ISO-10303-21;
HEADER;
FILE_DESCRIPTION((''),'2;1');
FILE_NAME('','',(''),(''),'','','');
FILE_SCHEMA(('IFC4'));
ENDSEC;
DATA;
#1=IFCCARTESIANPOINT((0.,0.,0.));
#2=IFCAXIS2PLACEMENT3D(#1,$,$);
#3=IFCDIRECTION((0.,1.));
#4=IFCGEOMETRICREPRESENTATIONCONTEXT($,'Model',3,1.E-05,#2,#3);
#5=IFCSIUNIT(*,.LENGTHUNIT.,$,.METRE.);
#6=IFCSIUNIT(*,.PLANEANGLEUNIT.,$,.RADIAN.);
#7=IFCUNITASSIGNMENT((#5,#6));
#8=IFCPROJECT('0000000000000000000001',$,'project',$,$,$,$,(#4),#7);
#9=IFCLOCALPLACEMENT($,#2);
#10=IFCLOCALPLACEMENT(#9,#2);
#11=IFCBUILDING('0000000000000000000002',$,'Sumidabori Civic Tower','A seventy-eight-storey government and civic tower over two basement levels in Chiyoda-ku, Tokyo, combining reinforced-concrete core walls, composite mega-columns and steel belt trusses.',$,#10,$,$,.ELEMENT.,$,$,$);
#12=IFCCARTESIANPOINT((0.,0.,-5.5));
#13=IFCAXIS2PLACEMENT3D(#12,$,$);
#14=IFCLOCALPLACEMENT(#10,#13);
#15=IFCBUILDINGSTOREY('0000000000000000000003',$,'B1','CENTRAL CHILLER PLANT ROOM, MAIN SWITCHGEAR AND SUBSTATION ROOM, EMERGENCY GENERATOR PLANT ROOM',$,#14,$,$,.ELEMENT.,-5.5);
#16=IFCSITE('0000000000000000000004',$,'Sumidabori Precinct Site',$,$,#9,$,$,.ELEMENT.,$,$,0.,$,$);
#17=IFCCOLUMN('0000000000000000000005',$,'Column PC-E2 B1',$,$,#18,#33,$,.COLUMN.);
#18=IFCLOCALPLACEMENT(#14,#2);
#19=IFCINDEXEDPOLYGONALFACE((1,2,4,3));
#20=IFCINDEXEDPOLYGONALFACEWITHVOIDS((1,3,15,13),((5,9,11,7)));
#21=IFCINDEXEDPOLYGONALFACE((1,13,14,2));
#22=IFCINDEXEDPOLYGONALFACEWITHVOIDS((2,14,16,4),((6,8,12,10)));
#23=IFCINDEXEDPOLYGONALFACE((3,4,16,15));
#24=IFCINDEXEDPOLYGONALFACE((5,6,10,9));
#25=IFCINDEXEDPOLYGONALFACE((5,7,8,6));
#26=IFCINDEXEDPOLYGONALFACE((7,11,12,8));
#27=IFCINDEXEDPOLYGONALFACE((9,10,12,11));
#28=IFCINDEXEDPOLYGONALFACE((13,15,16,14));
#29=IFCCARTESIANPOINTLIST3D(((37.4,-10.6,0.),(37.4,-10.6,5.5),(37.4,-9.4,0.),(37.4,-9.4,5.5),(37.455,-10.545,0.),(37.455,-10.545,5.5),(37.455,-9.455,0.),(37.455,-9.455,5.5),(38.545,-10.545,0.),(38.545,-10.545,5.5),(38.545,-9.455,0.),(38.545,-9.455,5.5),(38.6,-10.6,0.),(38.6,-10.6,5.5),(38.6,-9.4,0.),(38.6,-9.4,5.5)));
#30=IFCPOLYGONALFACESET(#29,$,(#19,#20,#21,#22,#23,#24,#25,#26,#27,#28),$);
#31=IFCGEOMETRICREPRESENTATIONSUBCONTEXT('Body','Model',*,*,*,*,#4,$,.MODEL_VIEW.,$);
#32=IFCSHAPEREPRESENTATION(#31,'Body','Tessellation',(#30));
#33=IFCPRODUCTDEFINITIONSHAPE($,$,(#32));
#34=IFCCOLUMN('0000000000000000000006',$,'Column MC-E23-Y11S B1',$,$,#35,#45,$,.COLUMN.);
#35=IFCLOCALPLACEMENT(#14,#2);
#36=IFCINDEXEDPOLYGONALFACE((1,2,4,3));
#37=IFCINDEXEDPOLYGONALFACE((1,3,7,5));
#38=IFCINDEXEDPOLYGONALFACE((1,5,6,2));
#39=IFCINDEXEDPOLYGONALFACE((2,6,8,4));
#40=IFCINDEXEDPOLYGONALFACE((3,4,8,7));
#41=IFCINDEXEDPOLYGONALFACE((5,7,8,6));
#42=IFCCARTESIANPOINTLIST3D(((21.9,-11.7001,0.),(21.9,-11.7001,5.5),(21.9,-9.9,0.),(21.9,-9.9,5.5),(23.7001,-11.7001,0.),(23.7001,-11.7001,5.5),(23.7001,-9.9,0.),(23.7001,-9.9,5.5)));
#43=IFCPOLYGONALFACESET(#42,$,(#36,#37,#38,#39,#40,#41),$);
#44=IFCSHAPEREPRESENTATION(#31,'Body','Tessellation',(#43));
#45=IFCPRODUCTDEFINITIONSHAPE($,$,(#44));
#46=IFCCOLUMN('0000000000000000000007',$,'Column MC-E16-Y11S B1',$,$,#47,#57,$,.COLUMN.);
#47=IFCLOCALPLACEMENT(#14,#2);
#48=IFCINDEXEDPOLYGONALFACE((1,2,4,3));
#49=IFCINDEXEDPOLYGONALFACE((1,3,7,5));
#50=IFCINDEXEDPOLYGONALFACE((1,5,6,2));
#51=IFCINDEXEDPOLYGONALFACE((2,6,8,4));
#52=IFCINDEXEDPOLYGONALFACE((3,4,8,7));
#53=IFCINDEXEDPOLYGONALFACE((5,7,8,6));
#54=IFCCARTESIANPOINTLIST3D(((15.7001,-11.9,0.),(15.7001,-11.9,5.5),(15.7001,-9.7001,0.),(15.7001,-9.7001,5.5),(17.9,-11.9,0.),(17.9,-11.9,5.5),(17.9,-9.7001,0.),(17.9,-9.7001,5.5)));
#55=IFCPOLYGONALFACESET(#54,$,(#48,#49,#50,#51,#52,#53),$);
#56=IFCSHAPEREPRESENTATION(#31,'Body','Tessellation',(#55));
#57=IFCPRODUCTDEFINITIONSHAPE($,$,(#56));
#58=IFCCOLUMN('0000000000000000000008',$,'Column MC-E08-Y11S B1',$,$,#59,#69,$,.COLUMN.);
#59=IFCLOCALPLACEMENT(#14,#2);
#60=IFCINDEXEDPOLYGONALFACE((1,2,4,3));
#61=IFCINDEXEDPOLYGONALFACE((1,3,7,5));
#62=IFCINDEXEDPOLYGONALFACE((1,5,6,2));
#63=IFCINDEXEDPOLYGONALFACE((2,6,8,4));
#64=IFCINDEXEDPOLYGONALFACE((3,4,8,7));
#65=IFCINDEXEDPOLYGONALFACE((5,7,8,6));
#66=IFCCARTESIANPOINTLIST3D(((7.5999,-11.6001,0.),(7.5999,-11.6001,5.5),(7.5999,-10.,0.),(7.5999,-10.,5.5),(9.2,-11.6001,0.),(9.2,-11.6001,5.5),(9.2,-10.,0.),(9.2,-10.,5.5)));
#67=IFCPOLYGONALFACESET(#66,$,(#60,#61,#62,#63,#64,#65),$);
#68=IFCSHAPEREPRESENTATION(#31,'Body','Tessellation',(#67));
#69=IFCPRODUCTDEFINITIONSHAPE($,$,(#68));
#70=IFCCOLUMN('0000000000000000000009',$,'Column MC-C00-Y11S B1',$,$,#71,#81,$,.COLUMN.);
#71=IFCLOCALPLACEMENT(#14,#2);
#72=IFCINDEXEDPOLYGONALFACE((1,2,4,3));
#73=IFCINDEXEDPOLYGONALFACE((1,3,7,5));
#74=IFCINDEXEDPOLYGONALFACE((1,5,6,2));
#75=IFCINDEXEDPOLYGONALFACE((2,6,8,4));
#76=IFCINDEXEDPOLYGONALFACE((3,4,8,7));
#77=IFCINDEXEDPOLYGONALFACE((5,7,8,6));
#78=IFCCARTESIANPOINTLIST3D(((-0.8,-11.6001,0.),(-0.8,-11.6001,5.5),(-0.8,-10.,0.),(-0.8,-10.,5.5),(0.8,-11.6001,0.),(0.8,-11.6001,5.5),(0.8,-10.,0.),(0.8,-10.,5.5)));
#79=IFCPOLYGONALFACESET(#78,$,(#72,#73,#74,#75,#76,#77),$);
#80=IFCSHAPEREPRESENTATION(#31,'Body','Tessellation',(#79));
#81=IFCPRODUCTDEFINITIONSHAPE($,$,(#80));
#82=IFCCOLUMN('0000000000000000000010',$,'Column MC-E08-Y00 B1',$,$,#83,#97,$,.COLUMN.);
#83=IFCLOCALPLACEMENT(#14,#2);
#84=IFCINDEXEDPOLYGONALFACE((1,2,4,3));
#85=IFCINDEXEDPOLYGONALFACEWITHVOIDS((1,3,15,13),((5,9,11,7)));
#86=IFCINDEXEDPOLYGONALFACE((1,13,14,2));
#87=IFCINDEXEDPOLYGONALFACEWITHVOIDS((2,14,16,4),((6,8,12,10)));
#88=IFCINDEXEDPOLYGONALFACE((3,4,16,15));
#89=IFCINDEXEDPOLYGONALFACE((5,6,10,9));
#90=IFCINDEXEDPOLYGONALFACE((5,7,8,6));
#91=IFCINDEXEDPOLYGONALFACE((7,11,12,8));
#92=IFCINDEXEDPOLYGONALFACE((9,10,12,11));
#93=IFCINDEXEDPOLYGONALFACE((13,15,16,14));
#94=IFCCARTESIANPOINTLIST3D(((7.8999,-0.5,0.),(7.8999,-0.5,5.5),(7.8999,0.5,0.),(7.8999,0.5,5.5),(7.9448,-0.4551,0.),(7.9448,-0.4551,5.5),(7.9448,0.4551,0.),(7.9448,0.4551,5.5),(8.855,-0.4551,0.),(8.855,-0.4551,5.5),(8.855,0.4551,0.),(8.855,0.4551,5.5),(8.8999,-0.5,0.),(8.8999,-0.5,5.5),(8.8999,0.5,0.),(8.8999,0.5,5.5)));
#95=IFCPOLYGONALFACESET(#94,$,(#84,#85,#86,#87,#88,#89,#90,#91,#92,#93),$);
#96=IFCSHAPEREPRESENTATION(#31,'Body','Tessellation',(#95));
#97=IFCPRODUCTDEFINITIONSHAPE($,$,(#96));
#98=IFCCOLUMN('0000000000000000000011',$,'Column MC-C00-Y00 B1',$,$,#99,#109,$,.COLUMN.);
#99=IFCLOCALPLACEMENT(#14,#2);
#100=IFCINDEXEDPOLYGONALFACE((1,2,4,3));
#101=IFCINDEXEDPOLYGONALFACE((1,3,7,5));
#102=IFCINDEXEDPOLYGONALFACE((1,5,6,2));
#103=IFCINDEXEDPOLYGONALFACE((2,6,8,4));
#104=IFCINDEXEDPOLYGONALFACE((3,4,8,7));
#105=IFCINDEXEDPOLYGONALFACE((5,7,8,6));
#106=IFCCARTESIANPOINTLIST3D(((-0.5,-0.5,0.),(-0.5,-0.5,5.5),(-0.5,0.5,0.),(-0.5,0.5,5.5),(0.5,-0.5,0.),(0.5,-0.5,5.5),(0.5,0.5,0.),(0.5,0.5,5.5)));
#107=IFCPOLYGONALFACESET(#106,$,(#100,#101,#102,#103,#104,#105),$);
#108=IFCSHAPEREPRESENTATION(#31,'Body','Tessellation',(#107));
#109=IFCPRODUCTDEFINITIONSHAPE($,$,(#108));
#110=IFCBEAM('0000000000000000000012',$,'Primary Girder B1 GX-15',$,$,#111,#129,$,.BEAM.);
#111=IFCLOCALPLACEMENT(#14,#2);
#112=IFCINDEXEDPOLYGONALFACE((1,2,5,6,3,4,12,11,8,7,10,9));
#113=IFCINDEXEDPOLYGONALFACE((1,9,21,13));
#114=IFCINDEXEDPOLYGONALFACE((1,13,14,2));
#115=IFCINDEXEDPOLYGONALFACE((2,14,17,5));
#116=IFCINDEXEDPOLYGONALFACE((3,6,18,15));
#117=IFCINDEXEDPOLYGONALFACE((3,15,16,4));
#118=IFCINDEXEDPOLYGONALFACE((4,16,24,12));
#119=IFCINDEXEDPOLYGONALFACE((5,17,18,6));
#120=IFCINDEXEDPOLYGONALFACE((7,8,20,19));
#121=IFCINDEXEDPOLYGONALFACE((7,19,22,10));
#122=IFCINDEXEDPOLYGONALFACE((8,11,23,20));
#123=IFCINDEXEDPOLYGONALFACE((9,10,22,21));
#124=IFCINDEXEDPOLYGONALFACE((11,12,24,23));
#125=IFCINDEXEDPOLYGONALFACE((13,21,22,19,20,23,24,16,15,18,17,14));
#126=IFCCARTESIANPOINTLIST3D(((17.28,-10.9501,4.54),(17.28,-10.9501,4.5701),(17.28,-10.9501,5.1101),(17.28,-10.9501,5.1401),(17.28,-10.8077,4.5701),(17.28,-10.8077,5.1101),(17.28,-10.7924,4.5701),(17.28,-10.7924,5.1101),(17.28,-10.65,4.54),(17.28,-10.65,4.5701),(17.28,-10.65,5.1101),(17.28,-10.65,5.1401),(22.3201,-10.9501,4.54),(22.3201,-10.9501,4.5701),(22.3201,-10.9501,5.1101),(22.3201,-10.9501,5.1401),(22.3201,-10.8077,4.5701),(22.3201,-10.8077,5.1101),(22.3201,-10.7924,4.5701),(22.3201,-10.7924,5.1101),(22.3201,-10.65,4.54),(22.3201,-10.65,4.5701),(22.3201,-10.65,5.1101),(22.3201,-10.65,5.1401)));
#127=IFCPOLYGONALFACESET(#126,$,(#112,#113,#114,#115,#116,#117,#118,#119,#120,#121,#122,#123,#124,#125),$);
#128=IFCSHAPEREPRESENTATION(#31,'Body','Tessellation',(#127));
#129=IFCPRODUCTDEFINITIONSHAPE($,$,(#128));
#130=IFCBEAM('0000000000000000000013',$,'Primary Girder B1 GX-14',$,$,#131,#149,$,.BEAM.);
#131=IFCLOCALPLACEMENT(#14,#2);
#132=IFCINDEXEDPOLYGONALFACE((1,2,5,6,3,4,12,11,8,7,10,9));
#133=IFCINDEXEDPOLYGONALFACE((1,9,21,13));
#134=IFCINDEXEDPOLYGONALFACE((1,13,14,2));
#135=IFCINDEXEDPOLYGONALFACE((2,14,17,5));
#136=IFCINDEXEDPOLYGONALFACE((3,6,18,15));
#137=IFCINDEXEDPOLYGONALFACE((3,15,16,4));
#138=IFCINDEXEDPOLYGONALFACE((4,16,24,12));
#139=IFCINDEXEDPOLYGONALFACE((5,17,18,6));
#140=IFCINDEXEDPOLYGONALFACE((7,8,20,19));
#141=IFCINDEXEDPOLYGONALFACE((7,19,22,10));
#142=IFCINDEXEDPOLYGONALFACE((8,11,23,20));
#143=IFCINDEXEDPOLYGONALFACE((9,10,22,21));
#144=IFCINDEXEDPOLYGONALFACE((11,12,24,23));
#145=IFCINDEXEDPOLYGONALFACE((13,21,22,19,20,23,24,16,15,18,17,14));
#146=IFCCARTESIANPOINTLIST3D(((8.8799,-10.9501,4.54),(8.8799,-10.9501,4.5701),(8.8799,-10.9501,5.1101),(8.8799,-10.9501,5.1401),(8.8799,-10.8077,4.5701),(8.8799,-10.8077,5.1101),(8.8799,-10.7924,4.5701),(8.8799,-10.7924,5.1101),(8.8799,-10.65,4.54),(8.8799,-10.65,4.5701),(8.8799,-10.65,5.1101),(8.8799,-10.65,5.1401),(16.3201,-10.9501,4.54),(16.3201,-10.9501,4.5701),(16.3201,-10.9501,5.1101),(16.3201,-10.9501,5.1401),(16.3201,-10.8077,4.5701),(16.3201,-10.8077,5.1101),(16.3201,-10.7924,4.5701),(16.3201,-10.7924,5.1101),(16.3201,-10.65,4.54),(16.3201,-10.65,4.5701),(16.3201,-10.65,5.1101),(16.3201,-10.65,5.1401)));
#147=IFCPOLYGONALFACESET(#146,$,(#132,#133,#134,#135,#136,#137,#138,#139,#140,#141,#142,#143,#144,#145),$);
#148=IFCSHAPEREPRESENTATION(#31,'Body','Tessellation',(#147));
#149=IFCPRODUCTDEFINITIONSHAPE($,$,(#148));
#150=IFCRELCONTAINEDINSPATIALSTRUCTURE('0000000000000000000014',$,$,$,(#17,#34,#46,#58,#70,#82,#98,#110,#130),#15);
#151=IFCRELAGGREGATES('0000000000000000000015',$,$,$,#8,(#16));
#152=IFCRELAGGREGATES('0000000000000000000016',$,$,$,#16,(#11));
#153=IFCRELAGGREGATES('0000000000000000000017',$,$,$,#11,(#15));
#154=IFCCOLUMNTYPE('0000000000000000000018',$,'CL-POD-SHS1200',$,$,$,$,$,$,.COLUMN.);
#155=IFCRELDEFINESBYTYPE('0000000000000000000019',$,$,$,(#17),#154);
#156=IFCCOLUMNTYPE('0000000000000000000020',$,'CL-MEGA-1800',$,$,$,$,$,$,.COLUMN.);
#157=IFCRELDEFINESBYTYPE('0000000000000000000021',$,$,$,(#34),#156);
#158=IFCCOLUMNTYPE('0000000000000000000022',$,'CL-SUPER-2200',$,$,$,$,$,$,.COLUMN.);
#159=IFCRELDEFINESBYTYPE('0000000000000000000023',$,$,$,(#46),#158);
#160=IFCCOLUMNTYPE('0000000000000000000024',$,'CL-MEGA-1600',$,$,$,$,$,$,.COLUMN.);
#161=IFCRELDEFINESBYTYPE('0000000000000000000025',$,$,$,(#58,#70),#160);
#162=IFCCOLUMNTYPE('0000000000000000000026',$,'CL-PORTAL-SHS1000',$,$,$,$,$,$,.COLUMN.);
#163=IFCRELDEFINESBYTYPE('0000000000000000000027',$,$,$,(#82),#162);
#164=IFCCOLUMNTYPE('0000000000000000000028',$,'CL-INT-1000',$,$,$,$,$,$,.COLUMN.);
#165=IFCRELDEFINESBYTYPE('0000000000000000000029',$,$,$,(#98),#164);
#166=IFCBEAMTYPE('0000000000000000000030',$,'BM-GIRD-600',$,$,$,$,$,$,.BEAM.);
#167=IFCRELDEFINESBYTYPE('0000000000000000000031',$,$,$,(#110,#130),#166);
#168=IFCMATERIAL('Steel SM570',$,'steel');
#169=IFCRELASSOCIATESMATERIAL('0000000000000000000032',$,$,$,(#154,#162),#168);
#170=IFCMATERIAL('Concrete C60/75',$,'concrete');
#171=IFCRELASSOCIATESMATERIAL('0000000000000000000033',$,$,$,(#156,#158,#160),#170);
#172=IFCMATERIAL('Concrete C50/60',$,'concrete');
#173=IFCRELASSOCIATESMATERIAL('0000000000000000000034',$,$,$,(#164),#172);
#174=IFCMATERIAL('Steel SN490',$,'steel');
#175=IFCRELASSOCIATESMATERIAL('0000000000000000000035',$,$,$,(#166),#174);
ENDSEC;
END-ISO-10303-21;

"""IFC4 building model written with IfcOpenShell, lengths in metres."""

from ifc_helpers import new_model, si_unit, direction, frame, origin, origin_with_axes, origin_2d, place, context, subcontext, project, spatial, rectangle, hollow_rectangle, i_section, extrude, source, transform, mapped, material, material_profile, profile_set, type_object, element, save


model = new_model("IFC4")

# Units and contexts
model_context = context("Model", 3, precision=1e-05, world=origin(), true_north=direction((0.0, 1.0)))
body_context = subcontext(model_context, "Body", "Model", "MODEL_VIEW")
ifc_project = project(units=[si_unit("LENGTHUNIT", "METRE"), si_unit("PLANEANGLEUNIT", "RADIAN")], contexts=[model_context])

# Site, building, storey
site_placement = place(None, origin())
site = spatial("IfcSite", under=ifc_project, at=site_placement, Name="Sumidabori Precinct Site", CompositionType="ELEMENT", RefElevation=0.0)
building_placement = place(site_placement, origin())
building = spatial("IfcBuilding", under=site, at=building_placement, Name="Sumidabori Civic Tower", Description="A seventy-eight-storey government and civic tower over two basement levels in Chiyoda-ku, Tokyo, combining reinforced-concrete core walls, composite mega-columns and steel belt trusses.", CompositionType="ELEMENT")
storey_placement = place(building_placement, frame((0.0, 0.0, -5.5)))
storey = spatial("IfcBuildingStorey", under=building, at=storey_placement, Name="B1", Description="CENTRAL CHILLER PLANT ROOM, MAIN SWITCHGEAR AND SUBSTATION ROOM, EMERGENCY GENERATOR PLANT ROOM", CompositionType="ELEMENT", Elevation=-5.5)

# Columns
ifc_material_1 = material(Name="Steel SM570", Category="steel")
ifc_material_profile_1 = material_profile(ifc_material_1, hollow_rectangle(XDim=1.2, YDim=1.2, WallThickness=0.0549, at=origin_2d()), Name="SHS 1200x1200x55")
ifc_profile_set_1 = profile_set([ifc_material_profile_1], Name="Steel SM570")
column_type_1 = type_object("IfcColumnType", Name="CL-POD-SHS1200", PredefinedType="COLUMN", material=ifc_profile_set_1)
shared_shape_1 = source(origin(), body_context, "Body", "SweptSolid", [
    extrude(hollow_rectangle(XDim=1.2, YDim=1.2, WallThickness=0.0549, at=origin_2d()), origin(), (0.0, 0.0, 1.0), 5.5),
])
column_1_placement = place(storey_placement, frame((38.0, -10.0, 0.0), z_axis=(0.0, 0.0, 1.0), x_axis=(1.0, 0.0, 0.0)))
element("IfcColumn", 1, at=column_1_placement, inside=storey, type_object=column_type_1, Name="Column PC-E2 B1", PredefinedType="COLUMN", context=body_context, shape_type="MappedRepresentation", body=[
    mapped(shared_shape_1, transform((0.0, 0.0, 0.0), x_axis=(1.0, 0.0, 0.0), y_axis=(0.0, 1.0, 0.0), z_axis=(0.0, 0.0, 1.0), scale=1.0)),
])
ifc_material_2 = material(Name="Concrete C60/75", Category="concrete")
ifc_material_profile_2 = material_profile(ifc_material_2, rectangle(XDim=1.8, YDim=1.8, at=origin_2d()), Name="RC 1800x1800")
ifc_profile_set_2 = profile_set([ifc_material_profile_2], Name="Concrete C60/75")
column_type_2 = type_object("IfcColumnType", Name="CL-MEGA-1800", PredefinedType="COLUMN", material=ifc_profile_set_2)
shared_shape_2 = source(origin(), body_context, "Body", "SweptSolid", [
    extrude(rectangle(XDim=1.8, YDim=1.8, at=origin_2d()), origin(), (0.0, 0.0, 1.0), 5.5),
])
column_2_placement = place(storey_placement, frame((22.8, -10.8, 0.0), z_axis=(0.0, 0.0, 1.0), x_axis=(1.0, 0.0, 0.0)))
element("IfcColumn", 2, at=column_2_placement, inside=storey, type_object=column_type_2, Name="Column MC-E23-Y11S B1", PredefinedType="COLUMN", context=body_context, shape_type="MappedRepresentation", body=[
    mapped(shared_shape_2, transform((0.0, 0.0, 0.0), x_axis=(1.0, 0.0, 0.0), y_axis=(0.0, 1.0, 0.0), z_axis=(0.0, 0.0, 1.0), scale=1.0)),
])
ifc_material_profile_3 = material_profile(ifc_material_2, rectangle(XDim=2.2, YDim=2.2, at=origin_2d()), Name="RC 2200x2200")
ifc_profile_set_3 = profile_set([ifc_material_profile_3], Name="Concrete C60/75")
column_type_3 = type_object("IfcColumnType", Name="CL-SUPER-2200", PredefinedType="COLUMN", material=ifc_profile_set_3)
shared_shape_3 = source(origin(), body_context, "Body", "SweptSolid", [
    extrude(rectangle(XDim=2.2, YDim=2.2, at=origin_2d()), origin(), (0.0, 0.0, 1.0), 5.5),
])
column_3_placement = place(storey_placement, frame((16.8, -10.8, 0.0), z_axis=(0.0, 0.0, 1.0), x_axis=(1.0, 0.0, 0.0)))
element("IfcColumn", 3, at=column_3_placement, inside=storey, type_object=column_type_3, Name="Column MC-E16-Y11S B1", PredefinedType="COLUMN", context=body_context, shape_type="MappedRepresentation", body=[
    mapped(shared_shape_3, transform((0.0, 0.0, 0.0), x_axis=(1.0, 0.0, 0.0), y_axis=(0.0, 1.0, 0.0), z_axis=(0.0, 0.0, 1.0), scale=1.0)),
])
ifc_material_profile_4 = material_profile(ifc_material_2, rectangle(XDim=1.6001, YDim=1.6001, at=origin_2d()), Name="RC 1600x1600")
ifc_profile_set_4 = profile_set([ifc_material_profile_4], Name="Concrete C60/75")
column_type_4 = type_object("IfcColumnType", Name="CL-MEGA-1600", PredefinedType="COLUMN", material=ifc_profile_set_4)
shared_shape_4 = source(origin(), body_context, "Body", "SweptSolid", [
    extrude(rectangle(XDim=1.6001, YDim=1.6001, at=origin_2d()), origin(), (0.0, 0.0, 1.0), 5.5),
])
for number, where, z_axis, x_axis, name in (
    (4, (8.3999, -10.8, 0.0), (0.0, 0.0, 1.0), (1.0, 0.0, 0.0), "Column MC-E08-Y11S B1"),
    (5, (0.0, -10.8, 0.0), (0.0, 0.0, 1.0), (1.0, 0.0, 0.0), "Column MC-C00-Y11S B1"),
):
    element("IfcColumn", number, at=place(storey_placement, frame(where, z_axis=z_axis, x_axis=x_axis)), inside=storey, type_object=column_type_4, Name=name, PredefinedType="COLUMN", context=body_context, shape_type="MappedRepresentation", body=[
        mapped(shared_shape_4, transform((0.0, 0.0, 0.0), x_axis=(1.0, 0.0, 0.0), y_axis=(0.0, 1.0, 0.0), z_axis=(0.0, 0.0, 1.0), scale=1.0)),
    ])
ifc_material_profile_5 = material_profile(ifc_material_1, hollow_rectangle(XDim=1.0, YDim=1.0, WallThickness=0.0449, at=origin_2d()), Name="SHS 1000x1000x45")
ifc_profile_set_5 = profile_set([ifc_material_profile_5], Name="Steel SM570")
column_type_5 = type_object("IfcColumnType", Name="CL-PORTAL-SHS1000", PredefinedType="COLUMN", material=ifc_profile_set_5)
shared_shape_5 = source(origin(), body_context, "Body", "SweptSolid", [
    extrude(hollow_rectangle(XDim=1.0, YDim=1.0, WallThickness=0.0449, at=origin_2d()), origin(), (0.0, 0.0, 1.0), 5.5),
])
column_4_placement = place(storey_placement, frame((8.3999, 0.0, 0.0), z_axis=(0.0, 0.0, 1.0), x_axis=(1.0, 0.0, 0.0)))
element("IfcColumn", 6, at=column_4_placement, inside=storey, type_object=column_type_5, Name="Column MC-E08-Y00 B1", PredefinedType="COLUMN", context=body_context, shape_type="MappedRepresentation", body=[
    mapped(shared_shape_5, transform((0.0, 0.0, 0.0), x_axis=(1.0, 0.0, 0.0), y_axis=(0.0, 1.0, 0.0), z_axis=(0.0, 0.0, 1.0), scale=1.0)),
])
ifc_material_3 = material(Name="Concrete C50/60", Category="concrete")
ifc_material_profile_6 = material_profile(ifc_material_3, rectangle(XDim=1.0, YDim=1.0, at=origin_2d()), Name="RC 1000x1000")
ifc_profile_set_6 = profile_set([ifc_material_profile_6], Name="Concrete C50/60")
column_type_6 = type_object("IfcColumnType", Name="CL-INT-1000", PredefinedType="COLUMN", material=ifc_profile_set_6)
shared_shape_6 = source(origin(), body_context, "Body", "SweptSolid", [
    extrude(rectangle(XDim=1.0, YDim=1.0, at=origin_2d()), origin(), (0.0, 0.0, 1.0), 5.5),
])
column_5_placement = place(storey_placement, origin_with_axes())
element("IfcColumn", 7, at=column_5_placement, inside=storey, type_object=column_type_6, Name="Column MC-C00-Y00 B1", PredefinedType="COLUMN", context=body_context, shape_type="MappedRepresentation", body=[
    mapped(shared_shape_6, transform((0.0, 0.0, 0.0), x_axis=(1.0, 0.0, 0.0), y_axis=(0.0, 1.0, 0.0), z_axis=(0.0, 0.0, 1.0), scale=1.0)),
])

# Beams
ifc_material_4 = material(Name="Steel SN490", Category="steel")
ifc_material_profile_7 = material_profile(ifc_material_4, i_section(OverallWidth=0.3, OverallDepth=0.6001, WebThickness=0.0154, FlangeThickness=0.03, at=origin_2d()), Name="HE 600 B")
ifc_profile_set_7 = profile_set([ifc_material_profile_7], Name="Steel SN490")
beam_type = type_object("IfcBeamType", Name="BM-GIRD-600", PredefinedType="BEAM", material=ifc_profile_set_7)
shared_shape_7 = source(origin(), body_context, "Body", "SweptSolid", [
    extrude(i_section(OverallWidth=0.3, OverallDepth=0.6001, WebThickness=0.0154, FlangeThickness=0.03, at=origin_2d()), origin(), (0.0, 0.0, 1.0), 5.04),
])
beam_1_placement = place(storey_placement, frame((17.28, -10.8, 4.8401), z_axis=(1.0, 0.0, 0.0), x_axis=(0.0, 1.0, 0.0)))
element("IfcBeam", 8, at=beam_1_placement, inside=storey, type_object=beam_type, Name="Primary Girder B1 GX-15", PredefinedType="BEAM", context=body_context, shape_type="MappedRepresentation", body=[
    mapped(shared_shape_7, transform((0.0, 0.0, 0.0), x_axis=(1.0, 0.0, 0.0), y_axis=(0.0, 1.0, 0.0), z_axis=(0.0, 0.0, 1.0), scale=1.0)),
])
shared_shape_8 = source(origin(), body_context, "Body", "SweptSolid", [
    extrude(i_section(OverallWidth=0.3, OverallDepth=0.6001, WebThickness=0.0154, FlangeThickness=0.03, at=origin_2d()), origin(), (0.0, 0.0, 1.0), 7.4402),
])
beam_2_placement = place(storey_placement, frame((8.8799, -10.8, 4.8401), z_axis=(1.0, 0.0, 0.0), x_axis=(0.0, 1.0, 0.0)))
element("IfcBeam", 9, at=beam_2_placement, inside=storey, type_object=beam_type, Name="Primary Girder B1 GX-14", PredefinedType="BEAM", context=body_context, shape_type="MappedRepresentation", body=[
    mapped(shared_shape_8, transform((0.0, 0.0, 0.0), x_axis=(1.0, 0.0, 0.0), y_axis=(0.0, 1.0, 0.0), z_axis=(0.0, 0.0, 1.0), scale=1.0)),
])

save(model, "model.ifc")
